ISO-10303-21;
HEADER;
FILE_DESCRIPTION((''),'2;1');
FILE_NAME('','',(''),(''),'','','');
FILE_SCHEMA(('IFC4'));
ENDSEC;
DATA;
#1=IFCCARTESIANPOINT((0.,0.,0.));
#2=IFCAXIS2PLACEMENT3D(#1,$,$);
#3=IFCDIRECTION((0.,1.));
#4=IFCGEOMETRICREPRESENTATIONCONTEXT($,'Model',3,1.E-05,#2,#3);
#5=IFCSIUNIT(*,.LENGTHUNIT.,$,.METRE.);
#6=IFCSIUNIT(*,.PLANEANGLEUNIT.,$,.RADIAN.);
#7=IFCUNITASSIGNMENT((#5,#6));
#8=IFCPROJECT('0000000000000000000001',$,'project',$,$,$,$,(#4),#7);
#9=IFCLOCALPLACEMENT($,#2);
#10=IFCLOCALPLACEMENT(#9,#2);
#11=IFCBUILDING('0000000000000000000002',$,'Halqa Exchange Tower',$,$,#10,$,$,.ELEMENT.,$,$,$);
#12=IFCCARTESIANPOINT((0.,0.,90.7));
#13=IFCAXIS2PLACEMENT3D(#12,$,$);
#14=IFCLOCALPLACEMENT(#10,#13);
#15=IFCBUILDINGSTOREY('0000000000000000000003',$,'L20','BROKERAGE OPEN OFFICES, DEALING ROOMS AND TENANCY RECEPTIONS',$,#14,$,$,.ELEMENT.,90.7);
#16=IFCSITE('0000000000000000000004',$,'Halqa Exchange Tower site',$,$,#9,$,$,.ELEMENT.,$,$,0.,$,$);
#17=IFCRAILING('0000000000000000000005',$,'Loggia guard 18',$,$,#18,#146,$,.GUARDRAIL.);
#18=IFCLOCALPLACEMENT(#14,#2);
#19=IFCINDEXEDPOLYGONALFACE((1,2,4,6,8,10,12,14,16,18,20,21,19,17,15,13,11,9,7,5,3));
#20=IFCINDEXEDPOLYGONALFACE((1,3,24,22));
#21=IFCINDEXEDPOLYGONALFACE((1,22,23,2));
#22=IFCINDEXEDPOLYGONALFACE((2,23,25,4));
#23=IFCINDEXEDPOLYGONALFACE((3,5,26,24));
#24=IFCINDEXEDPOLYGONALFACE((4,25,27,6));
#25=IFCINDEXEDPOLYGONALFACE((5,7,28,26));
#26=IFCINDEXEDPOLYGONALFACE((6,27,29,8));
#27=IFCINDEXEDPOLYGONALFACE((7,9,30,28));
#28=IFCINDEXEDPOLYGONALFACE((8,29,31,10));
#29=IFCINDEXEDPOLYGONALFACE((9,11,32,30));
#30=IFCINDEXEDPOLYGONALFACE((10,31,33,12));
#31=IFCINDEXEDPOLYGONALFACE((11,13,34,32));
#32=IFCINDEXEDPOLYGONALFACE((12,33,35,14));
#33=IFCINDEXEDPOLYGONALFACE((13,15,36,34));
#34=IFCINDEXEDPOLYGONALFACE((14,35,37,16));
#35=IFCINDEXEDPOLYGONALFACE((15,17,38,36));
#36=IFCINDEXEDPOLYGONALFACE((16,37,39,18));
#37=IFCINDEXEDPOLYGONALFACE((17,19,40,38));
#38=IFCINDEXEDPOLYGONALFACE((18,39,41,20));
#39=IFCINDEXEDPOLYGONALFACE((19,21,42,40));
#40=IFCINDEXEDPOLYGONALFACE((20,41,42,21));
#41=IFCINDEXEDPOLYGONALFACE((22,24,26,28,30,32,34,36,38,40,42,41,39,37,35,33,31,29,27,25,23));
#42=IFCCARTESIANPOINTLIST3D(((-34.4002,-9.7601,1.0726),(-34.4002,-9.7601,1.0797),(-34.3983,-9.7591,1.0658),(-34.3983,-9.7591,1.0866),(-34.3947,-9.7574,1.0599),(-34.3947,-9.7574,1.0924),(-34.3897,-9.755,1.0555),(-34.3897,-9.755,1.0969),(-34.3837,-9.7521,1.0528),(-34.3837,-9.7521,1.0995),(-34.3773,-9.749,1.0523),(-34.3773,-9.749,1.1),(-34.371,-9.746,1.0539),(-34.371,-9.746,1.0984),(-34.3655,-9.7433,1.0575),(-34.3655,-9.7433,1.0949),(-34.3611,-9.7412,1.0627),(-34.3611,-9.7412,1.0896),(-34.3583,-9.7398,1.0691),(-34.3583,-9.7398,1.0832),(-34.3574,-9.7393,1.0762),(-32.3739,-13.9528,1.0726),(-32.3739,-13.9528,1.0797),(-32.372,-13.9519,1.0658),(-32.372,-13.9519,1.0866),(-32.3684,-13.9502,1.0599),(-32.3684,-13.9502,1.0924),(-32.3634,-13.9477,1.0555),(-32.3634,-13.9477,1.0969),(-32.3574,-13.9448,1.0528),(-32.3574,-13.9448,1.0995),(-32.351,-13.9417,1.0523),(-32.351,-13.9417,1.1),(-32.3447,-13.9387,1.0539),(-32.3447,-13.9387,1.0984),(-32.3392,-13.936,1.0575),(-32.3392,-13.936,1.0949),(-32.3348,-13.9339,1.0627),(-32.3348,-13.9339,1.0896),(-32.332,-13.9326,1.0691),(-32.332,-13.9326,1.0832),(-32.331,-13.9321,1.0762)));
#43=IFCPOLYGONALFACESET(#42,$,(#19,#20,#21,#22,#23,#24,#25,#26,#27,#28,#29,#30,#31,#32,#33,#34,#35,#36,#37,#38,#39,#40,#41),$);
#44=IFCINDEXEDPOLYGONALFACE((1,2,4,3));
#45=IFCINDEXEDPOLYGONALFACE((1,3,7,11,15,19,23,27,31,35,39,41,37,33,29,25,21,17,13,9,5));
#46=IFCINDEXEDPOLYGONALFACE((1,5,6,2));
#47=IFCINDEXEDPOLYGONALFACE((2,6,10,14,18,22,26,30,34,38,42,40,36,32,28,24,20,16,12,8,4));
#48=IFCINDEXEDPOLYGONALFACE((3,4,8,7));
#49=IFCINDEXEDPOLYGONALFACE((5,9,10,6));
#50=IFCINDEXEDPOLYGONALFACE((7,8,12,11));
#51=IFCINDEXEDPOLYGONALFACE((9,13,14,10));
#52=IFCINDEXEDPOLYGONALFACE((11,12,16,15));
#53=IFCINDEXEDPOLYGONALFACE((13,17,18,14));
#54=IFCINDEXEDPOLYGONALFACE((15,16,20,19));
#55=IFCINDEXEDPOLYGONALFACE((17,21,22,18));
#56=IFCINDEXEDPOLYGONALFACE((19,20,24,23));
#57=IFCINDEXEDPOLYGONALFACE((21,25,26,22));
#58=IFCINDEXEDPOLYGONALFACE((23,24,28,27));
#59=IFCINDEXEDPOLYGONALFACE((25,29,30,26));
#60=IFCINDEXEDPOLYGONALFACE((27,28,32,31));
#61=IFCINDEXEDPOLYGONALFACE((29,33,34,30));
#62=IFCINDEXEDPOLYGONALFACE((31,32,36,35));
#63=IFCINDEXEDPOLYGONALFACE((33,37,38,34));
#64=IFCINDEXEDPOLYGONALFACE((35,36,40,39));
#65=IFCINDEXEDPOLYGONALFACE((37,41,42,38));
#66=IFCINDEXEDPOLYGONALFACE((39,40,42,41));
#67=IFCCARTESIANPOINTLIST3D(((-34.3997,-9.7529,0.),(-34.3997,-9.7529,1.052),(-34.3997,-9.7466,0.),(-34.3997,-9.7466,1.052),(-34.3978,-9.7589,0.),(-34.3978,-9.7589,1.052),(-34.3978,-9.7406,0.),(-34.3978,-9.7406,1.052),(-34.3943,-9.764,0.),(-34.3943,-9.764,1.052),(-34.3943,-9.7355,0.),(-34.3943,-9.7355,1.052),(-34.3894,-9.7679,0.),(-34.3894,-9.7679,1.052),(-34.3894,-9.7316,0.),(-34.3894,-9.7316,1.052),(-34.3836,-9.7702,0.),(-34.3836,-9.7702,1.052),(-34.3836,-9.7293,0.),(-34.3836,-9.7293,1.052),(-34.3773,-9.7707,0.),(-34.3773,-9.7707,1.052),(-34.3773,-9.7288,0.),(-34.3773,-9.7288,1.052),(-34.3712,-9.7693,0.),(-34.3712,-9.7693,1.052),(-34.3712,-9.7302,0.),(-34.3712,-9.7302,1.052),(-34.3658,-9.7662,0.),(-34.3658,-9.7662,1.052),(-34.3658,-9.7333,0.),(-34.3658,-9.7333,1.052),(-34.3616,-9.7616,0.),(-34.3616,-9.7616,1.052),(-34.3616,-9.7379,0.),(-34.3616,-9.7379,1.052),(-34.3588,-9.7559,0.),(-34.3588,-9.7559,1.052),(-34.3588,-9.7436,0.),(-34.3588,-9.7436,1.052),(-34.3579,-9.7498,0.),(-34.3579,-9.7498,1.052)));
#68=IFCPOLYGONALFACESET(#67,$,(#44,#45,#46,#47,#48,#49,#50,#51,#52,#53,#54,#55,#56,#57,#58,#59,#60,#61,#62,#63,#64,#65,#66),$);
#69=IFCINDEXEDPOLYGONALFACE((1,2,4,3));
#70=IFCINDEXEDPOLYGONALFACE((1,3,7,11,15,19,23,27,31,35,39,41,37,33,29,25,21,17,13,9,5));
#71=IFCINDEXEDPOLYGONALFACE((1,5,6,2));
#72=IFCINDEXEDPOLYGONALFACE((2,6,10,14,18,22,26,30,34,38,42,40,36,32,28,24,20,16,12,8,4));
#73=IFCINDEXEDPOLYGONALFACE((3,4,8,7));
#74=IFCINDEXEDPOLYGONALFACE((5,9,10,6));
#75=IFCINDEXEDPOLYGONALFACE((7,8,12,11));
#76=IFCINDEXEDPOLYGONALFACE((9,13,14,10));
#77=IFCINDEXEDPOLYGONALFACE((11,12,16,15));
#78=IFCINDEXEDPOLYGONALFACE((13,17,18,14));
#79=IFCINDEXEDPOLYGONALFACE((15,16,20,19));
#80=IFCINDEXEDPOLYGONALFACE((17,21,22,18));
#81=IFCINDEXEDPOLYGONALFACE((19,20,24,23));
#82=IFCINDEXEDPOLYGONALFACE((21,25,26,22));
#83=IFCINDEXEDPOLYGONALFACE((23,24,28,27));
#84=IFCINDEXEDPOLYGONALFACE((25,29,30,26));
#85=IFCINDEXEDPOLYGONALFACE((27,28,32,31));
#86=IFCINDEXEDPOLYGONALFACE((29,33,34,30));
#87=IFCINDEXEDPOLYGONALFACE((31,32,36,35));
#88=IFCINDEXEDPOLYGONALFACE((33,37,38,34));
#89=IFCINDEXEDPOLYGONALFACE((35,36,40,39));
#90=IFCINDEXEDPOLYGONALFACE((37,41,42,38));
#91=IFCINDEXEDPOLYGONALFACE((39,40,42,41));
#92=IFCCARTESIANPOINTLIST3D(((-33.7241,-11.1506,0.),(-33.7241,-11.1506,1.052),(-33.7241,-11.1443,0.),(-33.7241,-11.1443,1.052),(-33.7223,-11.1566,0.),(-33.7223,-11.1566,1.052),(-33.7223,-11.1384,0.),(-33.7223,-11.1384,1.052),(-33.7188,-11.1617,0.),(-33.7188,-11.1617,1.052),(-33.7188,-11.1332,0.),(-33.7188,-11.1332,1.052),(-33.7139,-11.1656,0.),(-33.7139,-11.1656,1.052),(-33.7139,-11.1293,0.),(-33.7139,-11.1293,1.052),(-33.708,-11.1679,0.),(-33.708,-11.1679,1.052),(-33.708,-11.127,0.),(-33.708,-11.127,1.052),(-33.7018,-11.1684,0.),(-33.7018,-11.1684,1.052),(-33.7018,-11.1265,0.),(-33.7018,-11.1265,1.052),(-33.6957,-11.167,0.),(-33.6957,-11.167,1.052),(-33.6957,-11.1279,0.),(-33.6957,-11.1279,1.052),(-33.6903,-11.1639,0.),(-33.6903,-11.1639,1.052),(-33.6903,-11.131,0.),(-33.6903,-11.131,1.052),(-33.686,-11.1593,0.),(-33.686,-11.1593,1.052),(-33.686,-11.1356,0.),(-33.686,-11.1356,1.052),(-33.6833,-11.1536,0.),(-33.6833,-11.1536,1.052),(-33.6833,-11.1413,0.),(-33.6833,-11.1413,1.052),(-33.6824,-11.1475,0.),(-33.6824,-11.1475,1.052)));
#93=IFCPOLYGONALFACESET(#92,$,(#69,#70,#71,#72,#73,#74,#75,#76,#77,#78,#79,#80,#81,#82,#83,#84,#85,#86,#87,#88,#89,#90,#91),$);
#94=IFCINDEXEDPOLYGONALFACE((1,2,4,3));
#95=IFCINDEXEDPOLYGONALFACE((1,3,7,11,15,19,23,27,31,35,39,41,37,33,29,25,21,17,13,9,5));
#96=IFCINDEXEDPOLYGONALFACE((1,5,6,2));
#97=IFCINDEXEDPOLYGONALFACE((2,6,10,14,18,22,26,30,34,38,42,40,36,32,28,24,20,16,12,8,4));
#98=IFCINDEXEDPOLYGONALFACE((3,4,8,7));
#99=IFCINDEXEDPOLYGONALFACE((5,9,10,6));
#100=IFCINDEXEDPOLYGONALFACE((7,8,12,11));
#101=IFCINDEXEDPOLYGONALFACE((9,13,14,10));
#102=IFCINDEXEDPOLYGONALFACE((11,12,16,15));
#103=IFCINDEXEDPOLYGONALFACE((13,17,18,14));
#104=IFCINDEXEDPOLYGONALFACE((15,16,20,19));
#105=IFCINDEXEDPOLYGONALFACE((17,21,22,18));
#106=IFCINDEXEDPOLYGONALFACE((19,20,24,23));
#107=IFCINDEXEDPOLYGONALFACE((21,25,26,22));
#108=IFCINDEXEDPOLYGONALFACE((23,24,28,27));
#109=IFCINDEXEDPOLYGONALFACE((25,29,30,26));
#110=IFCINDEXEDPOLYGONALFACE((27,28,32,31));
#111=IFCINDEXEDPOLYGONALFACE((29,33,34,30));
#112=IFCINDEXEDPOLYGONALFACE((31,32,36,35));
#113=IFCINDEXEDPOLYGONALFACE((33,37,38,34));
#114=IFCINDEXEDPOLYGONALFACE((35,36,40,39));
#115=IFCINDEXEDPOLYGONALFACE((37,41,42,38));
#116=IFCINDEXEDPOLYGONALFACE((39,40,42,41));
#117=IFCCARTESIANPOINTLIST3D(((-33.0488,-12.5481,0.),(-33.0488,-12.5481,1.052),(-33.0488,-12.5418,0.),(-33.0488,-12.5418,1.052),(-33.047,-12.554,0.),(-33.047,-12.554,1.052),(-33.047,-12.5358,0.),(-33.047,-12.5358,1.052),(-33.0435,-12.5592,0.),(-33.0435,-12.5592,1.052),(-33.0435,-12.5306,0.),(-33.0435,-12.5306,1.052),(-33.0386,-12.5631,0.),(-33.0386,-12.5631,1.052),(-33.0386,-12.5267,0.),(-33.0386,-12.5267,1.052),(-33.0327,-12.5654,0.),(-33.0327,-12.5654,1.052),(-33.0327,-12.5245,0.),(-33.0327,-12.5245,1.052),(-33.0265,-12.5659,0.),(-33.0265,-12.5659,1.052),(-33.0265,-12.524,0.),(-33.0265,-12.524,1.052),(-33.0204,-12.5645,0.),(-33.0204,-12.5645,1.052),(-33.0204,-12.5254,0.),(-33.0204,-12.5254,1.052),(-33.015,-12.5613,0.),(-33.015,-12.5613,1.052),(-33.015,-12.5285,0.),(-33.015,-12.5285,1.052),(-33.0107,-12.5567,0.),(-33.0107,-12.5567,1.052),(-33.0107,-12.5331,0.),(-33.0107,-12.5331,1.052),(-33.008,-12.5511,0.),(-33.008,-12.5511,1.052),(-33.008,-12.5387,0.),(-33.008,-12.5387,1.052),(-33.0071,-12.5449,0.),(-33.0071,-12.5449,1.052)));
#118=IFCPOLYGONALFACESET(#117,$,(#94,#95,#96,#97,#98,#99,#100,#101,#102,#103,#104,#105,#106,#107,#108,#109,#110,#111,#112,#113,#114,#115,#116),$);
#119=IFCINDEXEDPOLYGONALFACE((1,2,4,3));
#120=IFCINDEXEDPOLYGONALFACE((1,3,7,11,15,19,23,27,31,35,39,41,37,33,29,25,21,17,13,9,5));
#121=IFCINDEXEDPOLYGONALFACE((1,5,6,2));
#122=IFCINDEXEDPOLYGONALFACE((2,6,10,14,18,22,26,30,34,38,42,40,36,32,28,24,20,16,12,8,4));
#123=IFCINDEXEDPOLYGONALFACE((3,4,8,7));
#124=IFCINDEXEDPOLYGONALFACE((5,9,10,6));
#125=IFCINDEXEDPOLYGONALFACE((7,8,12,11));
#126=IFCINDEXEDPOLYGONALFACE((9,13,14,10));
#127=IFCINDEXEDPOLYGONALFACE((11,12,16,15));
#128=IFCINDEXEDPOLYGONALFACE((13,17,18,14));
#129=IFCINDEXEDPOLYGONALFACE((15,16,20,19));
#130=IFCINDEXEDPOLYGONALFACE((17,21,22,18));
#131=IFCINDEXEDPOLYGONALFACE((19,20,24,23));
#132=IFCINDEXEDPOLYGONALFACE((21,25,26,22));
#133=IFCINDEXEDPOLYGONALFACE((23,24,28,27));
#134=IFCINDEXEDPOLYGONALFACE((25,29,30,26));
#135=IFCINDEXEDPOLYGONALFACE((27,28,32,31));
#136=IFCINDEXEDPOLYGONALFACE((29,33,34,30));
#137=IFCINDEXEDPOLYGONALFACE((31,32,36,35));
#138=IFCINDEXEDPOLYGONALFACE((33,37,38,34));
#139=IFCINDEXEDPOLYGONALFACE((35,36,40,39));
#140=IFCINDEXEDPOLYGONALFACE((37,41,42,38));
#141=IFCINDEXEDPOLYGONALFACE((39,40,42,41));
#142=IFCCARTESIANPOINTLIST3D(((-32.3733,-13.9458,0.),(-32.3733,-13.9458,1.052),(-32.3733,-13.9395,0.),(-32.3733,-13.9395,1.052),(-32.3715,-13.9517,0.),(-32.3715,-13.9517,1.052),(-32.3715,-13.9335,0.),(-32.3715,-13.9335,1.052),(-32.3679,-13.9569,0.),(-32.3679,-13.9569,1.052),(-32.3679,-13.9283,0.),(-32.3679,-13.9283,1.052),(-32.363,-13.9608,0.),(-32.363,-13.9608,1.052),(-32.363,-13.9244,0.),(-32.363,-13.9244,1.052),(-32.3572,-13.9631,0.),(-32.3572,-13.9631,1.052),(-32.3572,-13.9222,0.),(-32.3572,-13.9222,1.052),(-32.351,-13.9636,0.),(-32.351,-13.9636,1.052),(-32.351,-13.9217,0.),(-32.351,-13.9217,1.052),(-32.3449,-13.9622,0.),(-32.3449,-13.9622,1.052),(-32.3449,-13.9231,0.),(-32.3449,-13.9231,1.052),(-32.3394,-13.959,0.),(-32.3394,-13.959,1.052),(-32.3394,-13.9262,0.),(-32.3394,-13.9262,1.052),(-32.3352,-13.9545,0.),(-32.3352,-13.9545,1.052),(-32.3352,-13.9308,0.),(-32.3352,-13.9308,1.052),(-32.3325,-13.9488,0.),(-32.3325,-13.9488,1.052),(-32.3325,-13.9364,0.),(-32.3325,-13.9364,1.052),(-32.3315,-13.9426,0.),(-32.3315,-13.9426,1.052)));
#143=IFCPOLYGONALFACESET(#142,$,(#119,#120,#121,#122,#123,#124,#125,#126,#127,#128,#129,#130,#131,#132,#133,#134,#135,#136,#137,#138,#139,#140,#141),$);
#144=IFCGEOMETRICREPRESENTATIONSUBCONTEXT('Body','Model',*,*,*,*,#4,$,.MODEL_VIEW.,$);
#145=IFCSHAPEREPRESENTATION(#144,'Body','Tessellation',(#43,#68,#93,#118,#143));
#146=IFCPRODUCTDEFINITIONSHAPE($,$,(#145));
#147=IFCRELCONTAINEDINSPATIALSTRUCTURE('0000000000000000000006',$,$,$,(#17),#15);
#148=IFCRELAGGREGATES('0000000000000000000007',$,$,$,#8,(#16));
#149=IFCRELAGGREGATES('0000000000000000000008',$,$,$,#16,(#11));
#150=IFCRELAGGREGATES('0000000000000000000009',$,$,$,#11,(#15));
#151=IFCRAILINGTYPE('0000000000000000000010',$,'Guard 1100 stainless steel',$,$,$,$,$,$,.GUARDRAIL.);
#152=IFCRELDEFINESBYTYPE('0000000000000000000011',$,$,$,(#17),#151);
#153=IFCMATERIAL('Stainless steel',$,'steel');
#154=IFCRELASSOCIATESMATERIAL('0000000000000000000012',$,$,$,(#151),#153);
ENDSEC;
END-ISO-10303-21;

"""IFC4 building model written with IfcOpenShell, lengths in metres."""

from ifc_helpers import new_model, si_unit, direction, frame, origin, origin_2d, place, context, subcontext, project, spatial, circle, extrude, material, type_object, element, save


model = new_model("IFC4")

# Units and contexts
model_context = context("Model", 3, precision=1e-05, world=origin(), true_north=direction((0.0, 1.0)))
body_context = subcontext(model_context, "Body", "Model", "MODEL_VIEW")
ifc_project = project(units=[si_unit("LENGTHUNIT", "METRE"), si_unit("PLANEANGLEUNIT", "RADIAN")], contexts=[model_context])

# Site, building, storey
site_placement = place(None, origin())
site = spatial("IfcSite", under=ifc_project, at=site_placement, Name="Halqa Exchange Tower site", CompositionType="ELEMENT", RefElevation=0.0)
building_placement = place(site_placement, origin())
building = spatial("IfcBuilding", under=site, at=building_placement, Name="Halqa Exchange Tower", CompositionType="ELEMENT")
storey_placement = place(building_placement, frame((0.0, 0.0, 90.7)))
storey = spatial("IfcBuildingStorey", under=building, at=storey_placement, Name="L20", Description="BROKERAGE OPEN OFFICES, DEALING ROOMS AND TENANCY RECEPTIONS", CompositionType="ELEMENT", Elevation=90.7)

# Railing
ifc_material_1 = material(Name="Stainless steel", Category="steel")
railing_type = type_object("IfcRailingType", Name="Guard 1100 stainless steel", PredefinedType="GUARDRAIL", material=ifc_material_1)
railing_1_placement = place(storey_placement, frame((-34.3789, -9.7498, 0.0)))
element("IfcRailing", 1, at=railing_1_placement, inside=storey, type_object=railing_type, Name="Loggia guard 18", PredefinedType="GUARDRAIL", context=body_context, shape_type="SweptSolid", body=[
    extrude(circle(Radius=0.0239, at=origin_2d()), frame((0.0, 0.0, 1.0762), z_axis=(0.435136, -0.900365, 0.0), x_axis=(0.900365, 0.435136, 0.0)), (0.0, 0.0, 1.0), 4.6567),
    extrude(circle(Radius=0.021, at=origin_2d()), origin(), (0.0, 0.0, 1.0), 1.052),
    extrude(circle(Radius=0.021, at=origin_2d()), frame((0.6755, -1.3977, 0.0)), (0.0, 0.0, 1.0), 1.052),
    extrude(circle(Radius=0.021, at=origin_2d()), frame((1.3508, -2.7952, 0.0)), (0.0, 0.0, 1.0), 1.052),
    extrude(circle(Radius=0.021, at=origin_2d()), frame((2.0264, -4.1929, 0.0)), (0.0, 0.0, 1.0), 1.052),
])

save(model, "model.ifc")
